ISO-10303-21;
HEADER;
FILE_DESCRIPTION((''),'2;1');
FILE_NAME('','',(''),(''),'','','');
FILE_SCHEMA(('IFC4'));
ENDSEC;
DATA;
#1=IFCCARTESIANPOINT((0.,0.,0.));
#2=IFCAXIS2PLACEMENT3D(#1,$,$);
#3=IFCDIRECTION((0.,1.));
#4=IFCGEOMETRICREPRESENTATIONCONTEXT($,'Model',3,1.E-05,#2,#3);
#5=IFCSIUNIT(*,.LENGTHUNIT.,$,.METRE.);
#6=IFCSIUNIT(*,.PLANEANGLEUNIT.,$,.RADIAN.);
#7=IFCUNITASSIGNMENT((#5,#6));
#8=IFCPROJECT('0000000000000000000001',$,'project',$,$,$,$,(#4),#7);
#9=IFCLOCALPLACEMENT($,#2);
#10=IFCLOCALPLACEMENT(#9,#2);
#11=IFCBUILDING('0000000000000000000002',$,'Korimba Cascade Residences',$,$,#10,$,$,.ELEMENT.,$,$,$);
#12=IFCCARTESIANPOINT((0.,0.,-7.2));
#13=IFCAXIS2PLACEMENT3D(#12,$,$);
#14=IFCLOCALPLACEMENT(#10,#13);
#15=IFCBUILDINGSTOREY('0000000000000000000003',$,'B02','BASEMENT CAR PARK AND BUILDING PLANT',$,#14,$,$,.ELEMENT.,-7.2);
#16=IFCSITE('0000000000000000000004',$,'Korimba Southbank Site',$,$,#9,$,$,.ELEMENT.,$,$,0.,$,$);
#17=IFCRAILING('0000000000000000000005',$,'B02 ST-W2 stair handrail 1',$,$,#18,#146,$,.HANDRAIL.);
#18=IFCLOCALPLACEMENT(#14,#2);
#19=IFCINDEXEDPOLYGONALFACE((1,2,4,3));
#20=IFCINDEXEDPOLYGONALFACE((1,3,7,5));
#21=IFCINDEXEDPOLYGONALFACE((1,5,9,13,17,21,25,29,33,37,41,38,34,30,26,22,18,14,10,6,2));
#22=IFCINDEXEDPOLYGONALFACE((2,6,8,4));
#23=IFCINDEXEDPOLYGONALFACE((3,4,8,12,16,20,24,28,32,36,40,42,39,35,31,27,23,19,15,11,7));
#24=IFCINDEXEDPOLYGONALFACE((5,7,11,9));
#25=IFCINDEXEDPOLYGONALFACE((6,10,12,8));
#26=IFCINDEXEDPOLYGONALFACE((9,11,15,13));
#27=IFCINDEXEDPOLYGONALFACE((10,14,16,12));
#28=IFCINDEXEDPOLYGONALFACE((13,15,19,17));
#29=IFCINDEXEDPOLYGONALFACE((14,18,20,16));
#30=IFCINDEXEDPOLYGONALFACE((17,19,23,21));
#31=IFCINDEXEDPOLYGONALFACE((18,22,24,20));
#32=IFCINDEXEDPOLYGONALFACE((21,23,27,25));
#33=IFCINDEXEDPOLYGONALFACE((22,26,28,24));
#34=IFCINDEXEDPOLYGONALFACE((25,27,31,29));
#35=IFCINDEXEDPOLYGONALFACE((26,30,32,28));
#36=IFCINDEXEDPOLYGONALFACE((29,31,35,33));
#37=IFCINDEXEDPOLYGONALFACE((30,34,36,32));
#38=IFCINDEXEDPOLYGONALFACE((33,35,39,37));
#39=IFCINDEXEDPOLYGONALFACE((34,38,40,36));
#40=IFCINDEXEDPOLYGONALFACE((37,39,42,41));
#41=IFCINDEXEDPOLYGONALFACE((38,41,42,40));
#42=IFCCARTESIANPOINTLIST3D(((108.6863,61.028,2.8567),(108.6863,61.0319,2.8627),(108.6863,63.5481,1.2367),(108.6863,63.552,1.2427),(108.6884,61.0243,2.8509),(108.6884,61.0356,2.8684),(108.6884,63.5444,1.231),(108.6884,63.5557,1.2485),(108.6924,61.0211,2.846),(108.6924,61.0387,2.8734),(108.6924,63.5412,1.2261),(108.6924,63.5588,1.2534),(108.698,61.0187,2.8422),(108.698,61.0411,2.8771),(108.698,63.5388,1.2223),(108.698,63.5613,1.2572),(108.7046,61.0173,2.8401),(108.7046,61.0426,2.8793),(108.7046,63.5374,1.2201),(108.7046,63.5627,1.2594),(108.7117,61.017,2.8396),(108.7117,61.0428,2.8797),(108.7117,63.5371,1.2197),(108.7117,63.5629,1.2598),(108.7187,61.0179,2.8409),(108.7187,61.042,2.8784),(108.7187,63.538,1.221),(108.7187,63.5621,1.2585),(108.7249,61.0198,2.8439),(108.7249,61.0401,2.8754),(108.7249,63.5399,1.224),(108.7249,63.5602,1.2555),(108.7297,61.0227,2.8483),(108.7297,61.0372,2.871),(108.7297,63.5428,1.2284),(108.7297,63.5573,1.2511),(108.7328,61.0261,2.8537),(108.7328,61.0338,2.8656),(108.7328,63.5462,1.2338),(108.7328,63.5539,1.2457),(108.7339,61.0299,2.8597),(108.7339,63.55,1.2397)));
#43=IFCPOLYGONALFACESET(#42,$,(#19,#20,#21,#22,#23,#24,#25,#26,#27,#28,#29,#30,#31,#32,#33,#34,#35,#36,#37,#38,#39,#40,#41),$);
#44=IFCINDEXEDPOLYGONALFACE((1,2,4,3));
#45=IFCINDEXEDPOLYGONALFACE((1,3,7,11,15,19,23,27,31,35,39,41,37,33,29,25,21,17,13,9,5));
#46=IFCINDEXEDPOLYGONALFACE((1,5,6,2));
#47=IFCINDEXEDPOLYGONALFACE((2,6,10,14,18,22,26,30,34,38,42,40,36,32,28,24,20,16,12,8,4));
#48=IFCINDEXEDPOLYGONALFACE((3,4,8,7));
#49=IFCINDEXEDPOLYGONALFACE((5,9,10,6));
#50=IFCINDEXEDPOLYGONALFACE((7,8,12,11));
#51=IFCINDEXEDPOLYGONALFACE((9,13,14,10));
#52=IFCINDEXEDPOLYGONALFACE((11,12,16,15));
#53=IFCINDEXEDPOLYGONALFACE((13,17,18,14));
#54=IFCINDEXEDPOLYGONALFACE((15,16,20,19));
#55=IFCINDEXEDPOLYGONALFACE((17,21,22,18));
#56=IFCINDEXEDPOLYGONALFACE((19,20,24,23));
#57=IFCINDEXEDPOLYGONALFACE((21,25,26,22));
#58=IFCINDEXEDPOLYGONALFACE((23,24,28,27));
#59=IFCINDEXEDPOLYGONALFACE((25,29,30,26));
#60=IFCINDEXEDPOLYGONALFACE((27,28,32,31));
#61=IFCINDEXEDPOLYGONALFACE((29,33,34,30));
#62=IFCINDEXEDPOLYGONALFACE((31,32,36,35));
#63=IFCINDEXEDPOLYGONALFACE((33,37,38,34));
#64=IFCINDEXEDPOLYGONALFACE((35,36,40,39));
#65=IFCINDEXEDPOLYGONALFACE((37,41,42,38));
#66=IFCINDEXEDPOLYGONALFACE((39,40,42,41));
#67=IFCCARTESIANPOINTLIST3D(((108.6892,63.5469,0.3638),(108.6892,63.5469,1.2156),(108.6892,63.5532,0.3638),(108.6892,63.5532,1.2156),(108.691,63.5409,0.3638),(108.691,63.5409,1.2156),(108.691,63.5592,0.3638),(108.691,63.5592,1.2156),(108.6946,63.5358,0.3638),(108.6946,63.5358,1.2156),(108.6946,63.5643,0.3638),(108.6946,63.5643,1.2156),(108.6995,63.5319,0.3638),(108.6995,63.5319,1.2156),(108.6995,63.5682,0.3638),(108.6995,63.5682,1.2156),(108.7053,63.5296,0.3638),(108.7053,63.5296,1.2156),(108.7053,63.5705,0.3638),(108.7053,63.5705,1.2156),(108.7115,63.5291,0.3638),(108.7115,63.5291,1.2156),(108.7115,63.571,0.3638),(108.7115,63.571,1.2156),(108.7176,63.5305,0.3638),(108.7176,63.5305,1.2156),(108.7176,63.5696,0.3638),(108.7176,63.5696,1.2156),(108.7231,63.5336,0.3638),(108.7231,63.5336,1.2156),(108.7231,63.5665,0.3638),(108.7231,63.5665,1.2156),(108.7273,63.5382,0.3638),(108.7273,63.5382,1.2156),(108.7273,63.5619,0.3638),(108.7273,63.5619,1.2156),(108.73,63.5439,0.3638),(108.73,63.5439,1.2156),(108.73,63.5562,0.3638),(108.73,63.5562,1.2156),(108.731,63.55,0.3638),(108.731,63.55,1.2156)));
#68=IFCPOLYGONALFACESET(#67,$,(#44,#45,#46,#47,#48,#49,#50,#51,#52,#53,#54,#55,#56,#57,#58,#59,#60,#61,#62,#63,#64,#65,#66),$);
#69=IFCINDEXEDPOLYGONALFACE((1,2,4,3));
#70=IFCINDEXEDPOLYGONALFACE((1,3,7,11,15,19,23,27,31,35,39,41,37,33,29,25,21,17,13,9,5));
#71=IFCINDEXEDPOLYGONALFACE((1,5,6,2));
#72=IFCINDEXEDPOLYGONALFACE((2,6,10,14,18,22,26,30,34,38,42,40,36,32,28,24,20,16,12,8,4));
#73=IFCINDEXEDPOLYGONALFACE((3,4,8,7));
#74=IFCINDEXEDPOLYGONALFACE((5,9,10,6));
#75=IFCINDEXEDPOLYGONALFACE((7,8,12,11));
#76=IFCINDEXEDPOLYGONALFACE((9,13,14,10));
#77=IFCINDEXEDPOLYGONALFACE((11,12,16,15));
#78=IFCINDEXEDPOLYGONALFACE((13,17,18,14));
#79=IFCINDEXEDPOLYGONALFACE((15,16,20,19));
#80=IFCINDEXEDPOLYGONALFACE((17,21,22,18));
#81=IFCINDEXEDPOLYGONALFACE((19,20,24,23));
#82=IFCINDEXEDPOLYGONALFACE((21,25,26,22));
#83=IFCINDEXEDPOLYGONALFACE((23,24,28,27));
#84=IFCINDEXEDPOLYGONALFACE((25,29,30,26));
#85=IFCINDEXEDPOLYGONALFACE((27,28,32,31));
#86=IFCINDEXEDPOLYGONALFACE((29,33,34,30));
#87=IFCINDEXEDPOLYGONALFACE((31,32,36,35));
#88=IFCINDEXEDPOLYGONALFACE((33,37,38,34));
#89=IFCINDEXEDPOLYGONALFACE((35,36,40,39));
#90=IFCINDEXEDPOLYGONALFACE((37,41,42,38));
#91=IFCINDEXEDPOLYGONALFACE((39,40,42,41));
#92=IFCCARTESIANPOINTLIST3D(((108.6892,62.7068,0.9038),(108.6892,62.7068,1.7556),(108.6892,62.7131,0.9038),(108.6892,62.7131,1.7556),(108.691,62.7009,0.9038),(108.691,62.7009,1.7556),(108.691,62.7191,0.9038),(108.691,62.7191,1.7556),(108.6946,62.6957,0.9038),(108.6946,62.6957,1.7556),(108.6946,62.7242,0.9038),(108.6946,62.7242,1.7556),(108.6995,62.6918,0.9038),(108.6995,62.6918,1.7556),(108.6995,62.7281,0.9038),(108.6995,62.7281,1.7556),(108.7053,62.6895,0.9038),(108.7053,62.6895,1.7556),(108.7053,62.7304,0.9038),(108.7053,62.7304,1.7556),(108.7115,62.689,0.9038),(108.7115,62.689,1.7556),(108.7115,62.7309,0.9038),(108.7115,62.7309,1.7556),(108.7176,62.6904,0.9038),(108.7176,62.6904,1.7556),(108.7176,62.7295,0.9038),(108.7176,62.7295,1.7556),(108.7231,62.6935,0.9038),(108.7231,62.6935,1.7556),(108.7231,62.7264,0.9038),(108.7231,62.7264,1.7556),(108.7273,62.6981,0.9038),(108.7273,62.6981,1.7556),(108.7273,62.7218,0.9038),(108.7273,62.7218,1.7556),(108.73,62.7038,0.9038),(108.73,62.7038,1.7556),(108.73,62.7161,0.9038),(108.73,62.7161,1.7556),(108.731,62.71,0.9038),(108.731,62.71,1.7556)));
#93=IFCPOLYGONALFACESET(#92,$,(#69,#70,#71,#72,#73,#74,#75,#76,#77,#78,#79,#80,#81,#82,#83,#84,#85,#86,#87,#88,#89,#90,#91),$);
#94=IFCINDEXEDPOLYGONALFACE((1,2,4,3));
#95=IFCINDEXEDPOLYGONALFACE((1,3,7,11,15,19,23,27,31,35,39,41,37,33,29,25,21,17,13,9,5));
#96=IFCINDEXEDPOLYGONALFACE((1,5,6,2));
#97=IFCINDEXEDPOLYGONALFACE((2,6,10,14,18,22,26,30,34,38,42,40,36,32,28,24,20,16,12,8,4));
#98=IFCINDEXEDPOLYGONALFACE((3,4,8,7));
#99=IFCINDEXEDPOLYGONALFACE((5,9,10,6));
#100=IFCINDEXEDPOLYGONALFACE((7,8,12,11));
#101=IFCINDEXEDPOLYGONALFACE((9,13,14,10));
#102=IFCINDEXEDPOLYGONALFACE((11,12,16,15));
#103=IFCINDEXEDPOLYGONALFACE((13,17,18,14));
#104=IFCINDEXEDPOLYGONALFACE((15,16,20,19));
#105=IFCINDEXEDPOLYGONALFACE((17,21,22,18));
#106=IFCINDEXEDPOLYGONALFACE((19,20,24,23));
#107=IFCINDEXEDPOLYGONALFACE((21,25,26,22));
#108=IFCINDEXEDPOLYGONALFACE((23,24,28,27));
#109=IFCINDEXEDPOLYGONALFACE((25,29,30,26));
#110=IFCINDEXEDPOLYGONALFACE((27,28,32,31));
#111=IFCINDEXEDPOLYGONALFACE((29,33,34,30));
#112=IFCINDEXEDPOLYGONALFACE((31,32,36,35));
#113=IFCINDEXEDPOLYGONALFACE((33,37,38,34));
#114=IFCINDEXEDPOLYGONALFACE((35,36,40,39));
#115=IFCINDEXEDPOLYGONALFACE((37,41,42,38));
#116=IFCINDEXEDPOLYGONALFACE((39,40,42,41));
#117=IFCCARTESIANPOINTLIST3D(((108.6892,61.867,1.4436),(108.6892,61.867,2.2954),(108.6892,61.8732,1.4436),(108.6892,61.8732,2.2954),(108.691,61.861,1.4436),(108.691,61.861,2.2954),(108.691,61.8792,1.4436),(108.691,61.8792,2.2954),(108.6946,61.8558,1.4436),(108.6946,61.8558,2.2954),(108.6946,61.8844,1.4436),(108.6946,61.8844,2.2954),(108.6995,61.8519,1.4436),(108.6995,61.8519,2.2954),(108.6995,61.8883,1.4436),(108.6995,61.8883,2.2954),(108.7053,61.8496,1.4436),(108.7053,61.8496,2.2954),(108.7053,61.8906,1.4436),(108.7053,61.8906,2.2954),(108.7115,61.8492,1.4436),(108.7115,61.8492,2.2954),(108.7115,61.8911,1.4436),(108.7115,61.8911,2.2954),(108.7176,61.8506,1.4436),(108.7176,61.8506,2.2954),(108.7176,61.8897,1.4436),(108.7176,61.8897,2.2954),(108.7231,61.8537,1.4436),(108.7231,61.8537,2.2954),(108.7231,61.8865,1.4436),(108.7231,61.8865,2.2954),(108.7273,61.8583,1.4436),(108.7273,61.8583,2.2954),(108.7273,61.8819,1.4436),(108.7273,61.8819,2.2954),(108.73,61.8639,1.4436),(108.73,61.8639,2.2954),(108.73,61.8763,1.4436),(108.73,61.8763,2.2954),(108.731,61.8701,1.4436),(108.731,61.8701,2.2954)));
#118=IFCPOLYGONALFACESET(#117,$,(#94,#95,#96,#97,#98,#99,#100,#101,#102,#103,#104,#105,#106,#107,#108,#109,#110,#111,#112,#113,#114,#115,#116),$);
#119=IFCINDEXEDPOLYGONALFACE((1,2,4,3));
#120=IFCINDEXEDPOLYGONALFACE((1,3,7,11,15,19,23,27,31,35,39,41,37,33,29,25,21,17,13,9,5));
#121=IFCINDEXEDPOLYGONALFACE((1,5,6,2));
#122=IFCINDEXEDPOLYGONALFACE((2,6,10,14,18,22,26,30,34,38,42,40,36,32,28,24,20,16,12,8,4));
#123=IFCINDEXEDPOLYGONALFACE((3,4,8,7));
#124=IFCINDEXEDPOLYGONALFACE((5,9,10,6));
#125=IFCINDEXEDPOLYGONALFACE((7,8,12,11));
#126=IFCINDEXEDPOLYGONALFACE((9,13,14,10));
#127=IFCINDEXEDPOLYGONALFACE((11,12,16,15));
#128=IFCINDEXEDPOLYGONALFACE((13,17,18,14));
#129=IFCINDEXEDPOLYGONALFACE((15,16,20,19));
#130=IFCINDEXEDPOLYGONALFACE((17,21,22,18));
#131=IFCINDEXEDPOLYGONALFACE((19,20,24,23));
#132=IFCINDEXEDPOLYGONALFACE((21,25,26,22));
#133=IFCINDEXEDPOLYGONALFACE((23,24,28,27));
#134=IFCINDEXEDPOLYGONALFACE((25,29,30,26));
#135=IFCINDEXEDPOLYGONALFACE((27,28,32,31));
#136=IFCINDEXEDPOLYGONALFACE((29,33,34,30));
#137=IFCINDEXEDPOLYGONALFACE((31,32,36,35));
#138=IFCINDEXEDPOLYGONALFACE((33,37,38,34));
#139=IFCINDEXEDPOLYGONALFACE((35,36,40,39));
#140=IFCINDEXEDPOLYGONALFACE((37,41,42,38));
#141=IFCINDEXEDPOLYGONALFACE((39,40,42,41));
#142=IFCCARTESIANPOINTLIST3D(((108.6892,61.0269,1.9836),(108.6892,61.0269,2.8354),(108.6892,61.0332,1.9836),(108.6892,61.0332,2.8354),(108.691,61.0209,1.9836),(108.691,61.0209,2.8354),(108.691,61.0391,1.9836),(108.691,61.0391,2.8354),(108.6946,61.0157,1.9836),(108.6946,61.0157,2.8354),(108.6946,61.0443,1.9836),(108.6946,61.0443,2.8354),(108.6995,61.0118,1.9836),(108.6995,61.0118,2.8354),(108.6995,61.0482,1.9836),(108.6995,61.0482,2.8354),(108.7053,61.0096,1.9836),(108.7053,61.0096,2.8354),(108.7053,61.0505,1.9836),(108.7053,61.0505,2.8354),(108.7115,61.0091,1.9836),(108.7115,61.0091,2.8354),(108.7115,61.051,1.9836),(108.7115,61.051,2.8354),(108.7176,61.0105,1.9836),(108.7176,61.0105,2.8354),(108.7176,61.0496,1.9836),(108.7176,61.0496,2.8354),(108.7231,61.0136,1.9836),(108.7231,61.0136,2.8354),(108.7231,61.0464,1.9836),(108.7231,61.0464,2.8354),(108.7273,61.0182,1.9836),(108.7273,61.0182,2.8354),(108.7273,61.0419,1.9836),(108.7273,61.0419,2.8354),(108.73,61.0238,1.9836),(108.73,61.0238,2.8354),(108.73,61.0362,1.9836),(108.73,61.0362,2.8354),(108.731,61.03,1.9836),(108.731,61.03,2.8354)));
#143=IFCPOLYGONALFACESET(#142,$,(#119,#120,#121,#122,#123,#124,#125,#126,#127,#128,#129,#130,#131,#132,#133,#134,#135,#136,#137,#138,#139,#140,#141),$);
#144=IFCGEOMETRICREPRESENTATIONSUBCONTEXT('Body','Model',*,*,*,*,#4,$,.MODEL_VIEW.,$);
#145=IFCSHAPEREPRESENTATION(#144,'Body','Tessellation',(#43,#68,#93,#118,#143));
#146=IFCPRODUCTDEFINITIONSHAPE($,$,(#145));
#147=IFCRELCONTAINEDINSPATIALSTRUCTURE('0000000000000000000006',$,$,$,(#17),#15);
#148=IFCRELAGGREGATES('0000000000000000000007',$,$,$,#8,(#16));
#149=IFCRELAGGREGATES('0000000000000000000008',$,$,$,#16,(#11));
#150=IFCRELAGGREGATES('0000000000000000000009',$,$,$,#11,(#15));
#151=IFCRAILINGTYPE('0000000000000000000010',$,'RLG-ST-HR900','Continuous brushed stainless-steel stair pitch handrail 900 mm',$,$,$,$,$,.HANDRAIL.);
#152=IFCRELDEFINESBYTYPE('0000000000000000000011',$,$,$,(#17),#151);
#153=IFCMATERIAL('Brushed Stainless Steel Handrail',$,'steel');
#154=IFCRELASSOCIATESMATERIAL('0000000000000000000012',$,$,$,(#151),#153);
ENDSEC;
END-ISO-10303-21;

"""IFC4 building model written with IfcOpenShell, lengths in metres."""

from ifc_helpers import new_model, si_unit, direction, frame, origin, origin_2d, place, context, subcontext, project, spatial, circle, extrude, material, type_object, element, save


model = new_model("IFC4")

# Units and contexts
model_context = context("Model", 3, precision=1e-05, world=origin(), true_north=direction((0.0, 1.0)))
body_context = subcontext(model_context, "Body", "Model", "MODEL_VIEW")
ifc_project = project(units=[si_unit("LENGTHUNIT", "METRE"), si_unit("PLANEANGLEUNIT", "RADIAN")], contexts=[model_context])

# Site, building, storey
site_placement = place(None, origin())
site = spatial("IfcSite", under=ifc_project, at=site_placement, Name="Korimba Southbank Site", CompositionType="ELEMENT", RefElevation=0.0)
building_placement = place(site_placement, origin())
building = spatial("IfcBuilding", under=site, at=building_placement, Name="Korimba Cascade Residences", CompositionType="ELEMENT")
storey_placement = place(building_placement, frame((0.0, 0.0, -7.2)))
storey = spatial("IfcBuildingStorey", under=building, at=storey_placement, Name="B02", Description="BASEMENT CAR PARK AND BUILDING PLANT", CompositionType="ELEMENT", Elevation=-7.2)

# Railing
ifc_material_1 = material(Name="Brushed Stainless Steel Handrail", Category="steel")
railing_type_1 = type_object("IfcRailingType", Name="RLG-ST-HR900", Description="Continuous brushed stainless-steel stair pitch handrail 900 mm", PredefinedType="HANDRAIL", material=ifc_material_1)
railing_1_placement = place(storey_placement, frame((108.71, 63.55, 0.3638)))
element("IfcRailing", 1, at=railing_1_placement, inside=storey, type_object=railing_type_1, Name="B02 ST-W2 stair handrail 1", PredefinedType="HANDRAIL", context=body_context, shape_type="SweptSolid", body=[
    extrude(circle(Radius=0.0239, at=origin_2d()), frame((0.0, 0.0, 0.876), z_axis=(0.0, -0.8412, 0.540725), x_axis=(1.0, 0.0, 0.0)), (0.0, 0.0, 1.0), 2.9958),
    extrude(circle(Radius=0.021, at=origin_2d()), origin(), (0.0, 0.0, 1.0), 0.8518),
    extrude(circle(Radius=0.021, at=origin_2d()), frame((0.0, -0.8401, 0.54)), (0.0, 0.0, 1.0), 0.8518),
    extrude(circle(Radius=0.021, at=origin_2d()), frame((0.0, -1.6799, 1.0798)), (0.0, 0.0, 1.0), 0.8518),
    extrude(circle(Radius=0.021, at=origin_2d()), frame((0.0, -2.52, 1.6199)), (0.0, 0.0, 1.0), 0.8518),
])

save(model, "model.ifc")
